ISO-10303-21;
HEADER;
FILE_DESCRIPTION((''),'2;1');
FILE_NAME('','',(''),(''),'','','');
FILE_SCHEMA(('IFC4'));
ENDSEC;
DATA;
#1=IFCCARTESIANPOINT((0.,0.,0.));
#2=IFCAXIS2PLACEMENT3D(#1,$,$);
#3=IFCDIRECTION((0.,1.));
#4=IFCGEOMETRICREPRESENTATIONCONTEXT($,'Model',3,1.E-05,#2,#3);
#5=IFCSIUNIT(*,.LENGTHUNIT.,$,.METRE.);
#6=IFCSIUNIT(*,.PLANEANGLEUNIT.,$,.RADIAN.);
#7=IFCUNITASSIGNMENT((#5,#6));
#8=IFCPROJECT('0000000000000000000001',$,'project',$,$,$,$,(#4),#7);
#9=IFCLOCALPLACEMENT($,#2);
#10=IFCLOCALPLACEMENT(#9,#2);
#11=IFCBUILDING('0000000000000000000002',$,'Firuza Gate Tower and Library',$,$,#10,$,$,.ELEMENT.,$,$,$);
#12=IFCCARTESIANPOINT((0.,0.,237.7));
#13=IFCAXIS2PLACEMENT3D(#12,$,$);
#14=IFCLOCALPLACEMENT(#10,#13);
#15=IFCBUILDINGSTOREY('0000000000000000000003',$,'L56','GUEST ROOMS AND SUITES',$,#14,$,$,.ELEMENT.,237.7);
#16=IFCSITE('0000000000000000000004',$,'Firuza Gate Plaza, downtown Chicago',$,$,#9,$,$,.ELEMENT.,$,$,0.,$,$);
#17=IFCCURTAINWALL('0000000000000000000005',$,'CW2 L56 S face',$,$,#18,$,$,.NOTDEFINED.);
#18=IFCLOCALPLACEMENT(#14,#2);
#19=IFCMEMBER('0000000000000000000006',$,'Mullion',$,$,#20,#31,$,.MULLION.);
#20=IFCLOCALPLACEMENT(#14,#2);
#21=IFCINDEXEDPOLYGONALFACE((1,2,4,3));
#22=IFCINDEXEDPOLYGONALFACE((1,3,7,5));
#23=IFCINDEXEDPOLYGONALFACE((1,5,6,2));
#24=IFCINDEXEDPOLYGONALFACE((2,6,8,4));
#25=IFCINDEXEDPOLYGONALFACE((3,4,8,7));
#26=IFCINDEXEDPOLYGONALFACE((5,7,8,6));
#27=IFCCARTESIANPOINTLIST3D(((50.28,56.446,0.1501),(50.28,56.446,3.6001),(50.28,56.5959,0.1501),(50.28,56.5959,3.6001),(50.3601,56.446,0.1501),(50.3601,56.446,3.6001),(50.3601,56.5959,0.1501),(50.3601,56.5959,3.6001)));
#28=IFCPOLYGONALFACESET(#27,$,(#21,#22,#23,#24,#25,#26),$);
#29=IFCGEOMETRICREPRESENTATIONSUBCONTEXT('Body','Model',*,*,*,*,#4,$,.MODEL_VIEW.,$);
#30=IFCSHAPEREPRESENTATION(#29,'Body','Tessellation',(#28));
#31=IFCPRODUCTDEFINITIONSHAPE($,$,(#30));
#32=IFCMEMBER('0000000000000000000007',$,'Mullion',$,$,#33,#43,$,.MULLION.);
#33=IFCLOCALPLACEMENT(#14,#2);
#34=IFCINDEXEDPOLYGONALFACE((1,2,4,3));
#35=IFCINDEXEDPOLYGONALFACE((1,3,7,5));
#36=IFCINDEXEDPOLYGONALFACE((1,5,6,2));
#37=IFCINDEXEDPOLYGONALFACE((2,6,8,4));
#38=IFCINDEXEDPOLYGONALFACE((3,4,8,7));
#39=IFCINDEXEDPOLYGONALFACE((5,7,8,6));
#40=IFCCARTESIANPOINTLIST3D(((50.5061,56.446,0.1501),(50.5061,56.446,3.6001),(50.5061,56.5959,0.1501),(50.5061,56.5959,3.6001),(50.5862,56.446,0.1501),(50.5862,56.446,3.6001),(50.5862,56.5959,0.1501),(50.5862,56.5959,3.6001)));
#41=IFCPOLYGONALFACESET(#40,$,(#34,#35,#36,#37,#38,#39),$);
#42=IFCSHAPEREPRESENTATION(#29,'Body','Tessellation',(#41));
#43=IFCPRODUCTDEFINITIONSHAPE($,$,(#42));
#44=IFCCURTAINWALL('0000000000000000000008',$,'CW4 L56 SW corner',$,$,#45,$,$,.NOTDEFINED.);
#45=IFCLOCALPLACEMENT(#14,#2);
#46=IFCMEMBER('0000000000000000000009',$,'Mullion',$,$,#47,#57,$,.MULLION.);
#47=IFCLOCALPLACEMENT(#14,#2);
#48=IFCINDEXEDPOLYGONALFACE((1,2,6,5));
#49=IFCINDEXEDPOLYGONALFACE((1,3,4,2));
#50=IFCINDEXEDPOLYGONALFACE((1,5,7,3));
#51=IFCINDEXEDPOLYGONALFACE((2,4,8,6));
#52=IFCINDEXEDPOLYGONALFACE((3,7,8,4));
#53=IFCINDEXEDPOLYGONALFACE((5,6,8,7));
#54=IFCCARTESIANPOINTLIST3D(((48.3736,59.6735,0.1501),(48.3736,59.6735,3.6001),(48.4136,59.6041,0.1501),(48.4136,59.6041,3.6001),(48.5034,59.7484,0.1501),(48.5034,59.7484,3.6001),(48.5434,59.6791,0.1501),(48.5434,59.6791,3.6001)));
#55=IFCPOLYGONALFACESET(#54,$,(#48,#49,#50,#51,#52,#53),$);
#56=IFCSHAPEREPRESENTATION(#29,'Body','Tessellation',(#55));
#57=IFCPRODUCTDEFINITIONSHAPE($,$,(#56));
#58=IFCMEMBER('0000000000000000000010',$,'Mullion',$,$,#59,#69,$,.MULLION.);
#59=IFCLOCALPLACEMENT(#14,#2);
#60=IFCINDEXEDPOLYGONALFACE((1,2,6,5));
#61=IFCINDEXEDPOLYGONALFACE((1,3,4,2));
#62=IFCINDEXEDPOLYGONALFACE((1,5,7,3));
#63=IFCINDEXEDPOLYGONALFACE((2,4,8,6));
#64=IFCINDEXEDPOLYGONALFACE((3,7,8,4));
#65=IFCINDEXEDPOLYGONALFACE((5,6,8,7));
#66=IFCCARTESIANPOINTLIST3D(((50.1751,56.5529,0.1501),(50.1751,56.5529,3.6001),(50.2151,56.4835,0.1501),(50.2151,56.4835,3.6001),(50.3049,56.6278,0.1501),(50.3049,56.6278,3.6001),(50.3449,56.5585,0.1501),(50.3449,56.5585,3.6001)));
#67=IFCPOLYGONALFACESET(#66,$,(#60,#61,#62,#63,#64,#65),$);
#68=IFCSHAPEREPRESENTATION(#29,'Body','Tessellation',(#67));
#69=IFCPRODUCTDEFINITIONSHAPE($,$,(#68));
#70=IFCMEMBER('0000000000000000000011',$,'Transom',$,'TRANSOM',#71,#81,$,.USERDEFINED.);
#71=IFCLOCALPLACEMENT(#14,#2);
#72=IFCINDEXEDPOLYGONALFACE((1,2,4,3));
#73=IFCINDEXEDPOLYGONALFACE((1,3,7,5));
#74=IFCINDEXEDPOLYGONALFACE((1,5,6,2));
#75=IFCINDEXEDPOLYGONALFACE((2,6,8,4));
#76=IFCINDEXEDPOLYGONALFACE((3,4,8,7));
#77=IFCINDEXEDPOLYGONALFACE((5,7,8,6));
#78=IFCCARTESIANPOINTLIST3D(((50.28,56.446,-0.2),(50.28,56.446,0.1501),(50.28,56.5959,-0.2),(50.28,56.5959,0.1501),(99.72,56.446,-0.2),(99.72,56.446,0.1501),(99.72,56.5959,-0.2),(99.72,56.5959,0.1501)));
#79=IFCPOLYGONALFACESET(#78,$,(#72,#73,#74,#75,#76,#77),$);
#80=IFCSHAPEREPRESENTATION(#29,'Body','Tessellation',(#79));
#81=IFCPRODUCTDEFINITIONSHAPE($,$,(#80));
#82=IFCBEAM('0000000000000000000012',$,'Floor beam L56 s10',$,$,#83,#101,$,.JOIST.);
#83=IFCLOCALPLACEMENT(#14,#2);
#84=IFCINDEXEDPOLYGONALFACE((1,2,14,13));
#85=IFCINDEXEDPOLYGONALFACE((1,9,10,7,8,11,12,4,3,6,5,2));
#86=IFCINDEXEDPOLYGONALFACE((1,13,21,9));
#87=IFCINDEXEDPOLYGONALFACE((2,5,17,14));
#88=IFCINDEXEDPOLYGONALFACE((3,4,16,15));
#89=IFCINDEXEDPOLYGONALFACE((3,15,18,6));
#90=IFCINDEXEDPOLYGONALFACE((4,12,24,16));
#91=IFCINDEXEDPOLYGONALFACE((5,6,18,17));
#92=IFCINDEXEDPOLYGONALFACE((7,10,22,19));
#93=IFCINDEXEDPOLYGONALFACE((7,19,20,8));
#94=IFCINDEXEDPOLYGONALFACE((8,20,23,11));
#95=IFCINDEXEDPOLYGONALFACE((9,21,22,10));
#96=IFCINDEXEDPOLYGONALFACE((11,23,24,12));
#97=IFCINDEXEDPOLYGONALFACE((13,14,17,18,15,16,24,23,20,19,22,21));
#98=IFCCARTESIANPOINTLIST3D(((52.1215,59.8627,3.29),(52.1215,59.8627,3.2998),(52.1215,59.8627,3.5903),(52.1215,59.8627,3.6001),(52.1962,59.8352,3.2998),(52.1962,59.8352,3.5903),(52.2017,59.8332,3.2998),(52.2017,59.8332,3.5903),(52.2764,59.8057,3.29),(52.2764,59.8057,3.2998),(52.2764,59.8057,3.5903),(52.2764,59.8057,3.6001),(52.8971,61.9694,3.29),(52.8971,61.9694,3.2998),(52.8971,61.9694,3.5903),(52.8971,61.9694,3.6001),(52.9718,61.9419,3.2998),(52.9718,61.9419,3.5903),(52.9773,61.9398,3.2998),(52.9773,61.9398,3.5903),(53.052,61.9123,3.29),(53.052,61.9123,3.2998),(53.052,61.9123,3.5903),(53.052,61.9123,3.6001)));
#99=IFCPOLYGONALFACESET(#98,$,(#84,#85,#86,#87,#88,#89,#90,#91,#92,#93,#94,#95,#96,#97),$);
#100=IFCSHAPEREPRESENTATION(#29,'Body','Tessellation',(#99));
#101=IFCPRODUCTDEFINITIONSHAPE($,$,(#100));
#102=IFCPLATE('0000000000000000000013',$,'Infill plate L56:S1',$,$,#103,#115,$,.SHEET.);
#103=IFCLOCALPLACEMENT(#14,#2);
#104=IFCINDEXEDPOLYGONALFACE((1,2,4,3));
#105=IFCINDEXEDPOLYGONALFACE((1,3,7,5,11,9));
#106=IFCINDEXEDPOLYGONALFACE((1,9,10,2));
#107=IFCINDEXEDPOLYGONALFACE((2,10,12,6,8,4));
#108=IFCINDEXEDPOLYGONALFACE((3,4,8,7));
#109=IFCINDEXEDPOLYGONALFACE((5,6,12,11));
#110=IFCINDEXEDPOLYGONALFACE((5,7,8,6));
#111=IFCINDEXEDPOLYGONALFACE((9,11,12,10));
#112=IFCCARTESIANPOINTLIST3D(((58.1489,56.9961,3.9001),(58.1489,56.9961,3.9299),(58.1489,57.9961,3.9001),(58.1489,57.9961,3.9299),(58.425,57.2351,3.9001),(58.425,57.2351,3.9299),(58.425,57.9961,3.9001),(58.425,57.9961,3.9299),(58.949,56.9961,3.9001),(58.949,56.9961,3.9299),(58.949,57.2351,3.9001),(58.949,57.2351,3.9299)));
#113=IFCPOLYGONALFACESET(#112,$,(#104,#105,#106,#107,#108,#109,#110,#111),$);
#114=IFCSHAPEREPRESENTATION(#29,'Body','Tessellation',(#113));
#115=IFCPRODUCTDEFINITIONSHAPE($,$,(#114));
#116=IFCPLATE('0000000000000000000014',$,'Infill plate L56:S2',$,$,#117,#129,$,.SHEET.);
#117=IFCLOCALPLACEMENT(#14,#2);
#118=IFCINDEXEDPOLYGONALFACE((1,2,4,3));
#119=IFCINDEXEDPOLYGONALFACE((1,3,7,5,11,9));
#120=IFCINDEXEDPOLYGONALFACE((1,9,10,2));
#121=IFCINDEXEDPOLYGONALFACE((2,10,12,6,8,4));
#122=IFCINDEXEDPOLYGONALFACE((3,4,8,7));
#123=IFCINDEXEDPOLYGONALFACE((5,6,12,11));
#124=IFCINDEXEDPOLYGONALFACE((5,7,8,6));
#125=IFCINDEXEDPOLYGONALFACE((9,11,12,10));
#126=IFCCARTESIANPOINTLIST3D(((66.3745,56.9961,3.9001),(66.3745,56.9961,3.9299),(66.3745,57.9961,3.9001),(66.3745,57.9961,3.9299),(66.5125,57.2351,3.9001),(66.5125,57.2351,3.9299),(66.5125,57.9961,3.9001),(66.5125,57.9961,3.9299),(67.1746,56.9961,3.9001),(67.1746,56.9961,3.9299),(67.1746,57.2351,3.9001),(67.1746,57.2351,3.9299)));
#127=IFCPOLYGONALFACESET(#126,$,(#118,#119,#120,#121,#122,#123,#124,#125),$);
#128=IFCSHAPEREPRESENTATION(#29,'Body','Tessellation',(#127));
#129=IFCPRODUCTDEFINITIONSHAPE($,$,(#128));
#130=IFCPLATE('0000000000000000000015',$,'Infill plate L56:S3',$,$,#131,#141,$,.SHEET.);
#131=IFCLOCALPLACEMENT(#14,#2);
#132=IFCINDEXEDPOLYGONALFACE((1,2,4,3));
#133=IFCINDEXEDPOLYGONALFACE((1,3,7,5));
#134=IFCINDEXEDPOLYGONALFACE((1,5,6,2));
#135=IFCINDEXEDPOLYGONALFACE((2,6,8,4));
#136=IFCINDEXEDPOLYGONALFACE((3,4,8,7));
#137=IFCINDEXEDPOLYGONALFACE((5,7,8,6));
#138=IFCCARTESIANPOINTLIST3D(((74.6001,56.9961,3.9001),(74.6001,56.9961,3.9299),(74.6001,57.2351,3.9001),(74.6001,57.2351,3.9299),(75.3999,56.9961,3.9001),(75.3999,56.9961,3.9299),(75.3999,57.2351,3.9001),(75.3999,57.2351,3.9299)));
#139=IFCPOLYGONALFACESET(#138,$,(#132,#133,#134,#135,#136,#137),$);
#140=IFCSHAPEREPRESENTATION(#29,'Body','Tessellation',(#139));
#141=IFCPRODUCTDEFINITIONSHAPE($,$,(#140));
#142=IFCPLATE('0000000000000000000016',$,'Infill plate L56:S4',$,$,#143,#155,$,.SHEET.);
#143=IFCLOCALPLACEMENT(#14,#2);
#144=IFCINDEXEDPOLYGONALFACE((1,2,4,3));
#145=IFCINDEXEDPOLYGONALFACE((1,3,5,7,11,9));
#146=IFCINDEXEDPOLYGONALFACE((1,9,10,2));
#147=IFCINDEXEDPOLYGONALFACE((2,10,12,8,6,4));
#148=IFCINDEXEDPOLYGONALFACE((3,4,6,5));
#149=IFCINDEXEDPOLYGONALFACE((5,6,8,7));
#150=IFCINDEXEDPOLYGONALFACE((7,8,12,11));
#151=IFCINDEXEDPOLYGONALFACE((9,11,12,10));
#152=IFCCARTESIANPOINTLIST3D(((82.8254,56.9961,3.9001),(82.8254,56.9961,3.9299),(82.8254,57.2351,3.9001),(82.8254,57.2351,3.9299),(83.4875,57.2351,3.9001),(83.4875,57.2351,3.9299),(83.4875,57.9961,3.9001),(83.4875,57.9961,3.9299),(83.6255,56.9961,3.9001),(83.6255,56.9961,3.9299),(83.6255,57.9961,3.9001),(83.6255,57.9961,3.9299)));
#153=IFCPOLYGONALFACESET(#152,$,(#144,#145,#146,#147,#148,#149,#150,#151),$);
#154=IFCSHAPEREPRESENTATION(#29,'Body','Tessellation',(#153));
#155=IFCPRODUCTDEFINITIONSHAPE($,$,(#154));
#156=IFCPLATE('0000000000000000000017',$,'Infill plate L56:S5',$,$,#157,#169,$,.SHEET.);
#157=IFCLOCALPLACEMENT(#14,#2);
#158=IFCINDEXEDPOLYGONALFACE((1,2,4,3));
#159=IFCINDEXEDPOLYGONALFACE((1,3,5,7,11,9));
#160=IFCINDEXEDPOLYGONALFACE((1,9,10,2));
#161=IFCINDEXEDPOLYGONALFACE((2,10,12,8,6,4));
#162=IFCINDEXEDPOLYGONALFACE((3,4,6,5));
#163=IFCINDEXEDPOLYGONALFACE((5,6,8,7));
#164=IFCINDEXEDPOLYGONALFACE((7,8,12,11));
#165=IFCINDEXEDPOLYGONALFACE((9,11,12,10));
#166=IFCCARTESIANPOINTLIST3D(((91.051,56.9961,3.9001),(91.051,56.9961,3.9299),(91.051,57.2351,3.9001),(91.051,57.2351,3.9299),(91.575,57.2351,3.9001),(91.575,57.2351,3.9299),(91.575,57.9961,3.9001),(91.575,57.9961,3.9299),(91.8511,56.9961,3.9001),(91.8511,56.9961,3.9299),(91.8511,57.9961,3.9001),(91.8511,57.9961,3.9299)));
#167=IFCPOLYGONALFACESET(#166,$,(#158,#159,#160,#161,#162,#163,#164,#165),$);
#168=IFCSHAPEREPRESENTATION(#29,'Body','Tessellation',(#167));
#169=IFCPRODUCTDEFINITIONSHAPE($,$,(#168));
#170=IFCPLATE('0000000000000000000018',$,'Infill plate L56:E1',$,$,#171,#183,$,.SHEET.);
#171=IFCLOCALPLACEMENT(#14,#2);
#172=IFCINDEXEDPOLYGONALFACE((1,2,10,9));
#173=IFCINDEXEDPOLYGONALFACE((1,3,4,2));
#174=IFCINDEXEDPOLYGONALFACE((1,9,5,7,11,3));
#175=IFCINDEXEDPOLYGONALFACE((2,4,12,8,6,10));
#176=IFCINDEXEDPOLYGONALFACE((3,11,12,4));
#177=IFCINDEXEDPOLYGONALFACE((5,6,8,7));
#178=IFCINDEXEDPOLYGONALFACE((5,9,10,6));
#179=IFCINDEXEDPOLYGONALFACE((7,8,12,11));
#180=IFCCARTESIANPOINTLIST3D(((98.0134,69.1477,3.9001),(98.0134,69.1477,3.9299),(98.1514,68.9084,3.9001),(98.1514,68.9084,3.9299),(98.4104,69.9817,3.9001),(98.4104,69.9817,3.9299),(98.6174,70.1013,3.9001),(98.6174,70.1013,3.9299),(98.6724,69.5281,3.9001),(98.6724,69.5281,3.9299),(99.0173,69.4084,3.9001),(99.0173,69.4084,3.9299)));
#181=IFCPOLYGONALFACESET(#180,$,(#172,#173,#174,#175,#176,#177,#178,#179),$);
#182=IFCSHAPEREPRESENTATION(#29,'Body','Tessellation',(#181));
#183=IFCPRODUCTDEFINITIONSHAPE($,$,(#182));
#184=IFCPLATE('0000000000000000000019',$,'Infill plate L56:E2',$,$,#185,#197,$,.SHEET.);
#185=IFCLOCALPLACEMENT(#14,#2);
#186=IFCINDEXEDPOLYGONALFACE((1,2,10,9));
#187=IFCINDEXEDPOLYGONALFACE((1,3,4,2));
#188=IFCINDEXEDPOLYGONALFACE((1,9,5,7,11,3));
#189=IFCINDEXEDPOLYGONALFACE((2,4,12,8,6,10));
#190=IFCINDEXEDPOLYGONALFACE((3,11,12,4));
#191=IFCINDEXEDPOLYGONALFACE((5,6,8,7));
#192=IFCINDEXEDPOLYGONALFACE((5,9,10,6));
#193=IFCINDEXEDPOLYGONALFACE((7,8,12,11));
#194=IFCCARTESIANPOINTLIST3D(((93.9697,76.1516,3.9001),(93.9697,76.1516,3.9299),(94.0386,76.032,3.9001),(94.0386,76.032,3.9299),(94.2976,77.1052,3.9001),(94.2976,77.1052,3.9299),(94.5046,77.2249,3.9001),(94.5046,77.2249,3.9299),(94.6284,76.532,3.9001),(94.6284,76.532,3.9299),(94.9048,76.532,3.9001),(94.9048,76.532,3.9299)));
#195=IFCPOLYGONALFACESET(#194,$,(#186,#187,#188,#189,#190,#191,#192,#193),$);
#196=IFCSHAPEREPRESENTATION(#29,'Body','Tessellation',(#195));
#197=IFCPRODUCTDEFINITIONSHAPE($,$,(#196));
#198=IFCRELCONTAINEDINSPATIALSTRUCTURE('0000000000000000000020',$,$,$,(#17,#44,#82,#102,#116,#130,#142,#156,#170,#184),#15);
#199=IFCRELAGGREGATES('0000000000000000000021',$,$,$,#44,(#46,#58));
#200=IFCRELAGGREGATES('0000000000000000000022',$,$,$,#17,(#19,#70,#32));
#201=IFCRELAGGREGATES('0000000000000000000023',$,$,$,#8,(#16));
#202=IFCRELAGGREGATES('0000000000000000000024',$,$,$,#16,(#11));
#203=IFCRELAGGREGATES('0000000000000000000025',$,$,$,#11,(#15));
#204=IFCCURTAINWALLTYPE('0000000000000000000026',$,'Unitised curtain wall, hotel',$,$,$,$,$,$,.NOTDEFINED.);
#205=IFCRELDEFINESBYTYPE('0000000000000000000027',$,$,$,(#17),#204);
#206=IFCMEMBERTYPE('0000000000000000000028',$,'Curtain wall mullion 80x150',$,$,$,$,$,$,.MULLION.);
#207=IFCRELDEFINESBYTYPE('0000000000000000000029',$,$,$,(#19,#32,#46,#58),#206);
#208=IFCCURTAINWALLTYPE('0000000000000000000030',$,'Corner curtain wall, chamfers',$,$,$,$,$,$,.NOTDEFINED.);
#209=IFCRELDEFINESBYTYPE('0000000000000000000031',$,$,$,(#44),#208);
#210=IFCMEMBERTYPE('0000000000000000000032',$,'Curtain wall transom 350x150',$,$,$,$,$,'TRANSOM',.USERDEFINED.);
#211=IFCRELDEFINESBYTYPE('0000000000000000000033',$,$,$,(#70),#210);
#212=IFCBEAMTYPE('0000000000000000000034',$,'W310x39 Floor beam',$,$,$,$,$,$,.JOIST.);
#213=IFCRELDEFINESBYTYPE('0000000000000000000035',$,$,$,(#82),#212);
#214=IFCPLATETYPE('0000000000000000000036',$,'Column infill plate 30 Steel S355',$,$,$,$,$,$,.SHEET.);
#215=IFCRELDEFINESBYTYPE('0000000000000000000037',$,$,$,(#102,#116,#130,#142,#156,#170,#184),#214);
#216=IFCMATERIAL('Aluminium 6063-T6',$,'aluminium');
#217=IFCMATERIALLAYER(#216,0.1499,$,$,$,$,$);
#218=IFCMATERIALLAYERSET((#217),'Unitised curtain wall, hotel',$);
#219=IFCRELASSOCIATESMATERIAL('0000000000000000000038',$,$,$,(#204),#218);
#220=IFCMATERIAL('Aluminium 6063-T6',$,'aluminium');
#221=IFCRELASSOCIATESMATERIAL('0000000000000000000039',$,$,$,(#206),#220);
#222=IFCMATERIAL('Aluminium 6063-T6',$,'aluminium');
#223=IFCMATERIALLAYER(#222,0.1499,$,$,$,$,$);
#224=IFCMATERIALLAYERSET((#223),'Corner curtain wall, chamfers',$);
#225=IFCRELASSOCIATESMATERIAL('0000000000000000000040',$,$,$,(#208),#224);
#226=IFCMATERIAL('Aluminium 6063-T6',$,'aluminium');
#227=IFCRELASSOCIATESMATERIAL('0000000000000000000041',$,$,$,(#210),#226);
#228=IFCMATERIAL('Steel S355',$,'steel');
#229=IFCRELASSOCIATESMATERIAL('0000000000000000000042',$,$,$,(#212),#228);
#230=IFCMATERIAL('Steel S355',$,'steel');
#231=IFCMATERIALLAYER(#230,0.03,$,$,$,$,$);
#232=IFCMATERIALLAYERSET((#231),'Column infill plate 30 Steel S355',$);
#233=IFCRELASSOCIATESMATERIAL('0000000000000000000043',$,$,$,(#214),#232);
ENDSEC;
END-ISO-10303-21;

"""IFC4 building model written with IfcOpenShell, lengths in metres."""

from ifc_helpers import new_model, si_unit, direction, frame, origin, origin_2d, place, context, subcontext, project, spatial, polyline, rectangle, i_section, outline, extrude, material, layer, layer_set, material_profile, profile_set, type_object, element, aggregate, save


model = new_model("IFC4")

# Units and contexts
model_context = context("Model", 3, precision=1e-05, world=origin(), true_north=direction((0.0, 1.0)))
body_context = subcontext(model_context, "Body", "Model", "MODEL_VIEW")
ifc_project = project(units=[si_unit("LENGTHUNIT", "METRE"), si_unit("PLANEANGLEUNIT", "RADIAN")], contexts=[model_context])

# Site, building, storey
site_placement = place(None, origin())
site = spatial("IfcSite", under=ifc_project, at=site_placement, Name="Firuza Gate Plaza, downtown Chicago", CompositionType="ELEMENT", RefElevation=0.0)
building_placement = place(site_placement, origin())
building = spatial("IfcBuilding", under=site, at=building_placement, Name="Firuza Gate Tower and Library", CompositionType="ELEMENT")
storey_placement = place(building_placement, frame((0.0, 0.0, 237.7)))
storey = spatial("IfcBuildingStorey", under=building, at=storey_placement, Name="L56", Description="GUEST ROOMS AND SUITES", CompositionType="ELEMENT", Elevation=237.7)

# Curtain walls, members
ifc_material_1 = material(Name="Aluminium 6063-T6", Category="aluminium")
ifc_layer_1 = layer(ifc_material_1, 0.1499)
ifc_layer_set_1 = layer_set([ifc_layer_1], Name="Unitised curtain wall, hotel")
curtain_wall_type_1 = type_object("IfcCurtainWallType", Name="Unitised curtain wall, hotel", PredefinedType="NOTDEFINED", material=ifc_layer_set_1)
placement_1 = place(storey_placement, origin())
curtain_wall_1 = element("IfcCurtainWall", 1, at=placement_1, inside=storey, type_object=curtain_wall_type_1, Name="CW2 L56 S face", PredefinedType="NOTDEFINED")
ifc_material_2 = material(Name="Aluminium 6063-T6", Category="aluminium")
ifc_material_profile_1 = material_profile(ifc_material_2, rectangle(XDim=0.1499, YDim=0.0801, at=origin_2d()))
ifc_profile_set_1 = profile_set([ifc_material_profile_1], Name="Aluminium 6063-T6")
member_type_1 = type_object("IfcMemberType", Name="Curtain wall mullion 80x150", PredefinedType="MULLION", material=ifc_profile_set_1)
member_1_placement = place(storey_placement, frame((50.3201, 56.521, 0.1501), z_axis=(0.0, 0.0, 1.0), x_axis=(0.0, 1.0, 0.0)))
member_1 = element("IfcMember", 2, at=member_1_placement, type_object=member_type_1, Name="Mullion", PredefinedType="MULLION", context=body_context, shape_type="SweptSolid", body=[
    extrude(rectangle(XDim=0.1499, YDim=0.0801, at=origin_2d()), origin(), (0.0, 0.0, 1.0), 3.45),
])
member_2_placement = place(storey_placement, frame((50.5461, 56.521, 0.1501), z_axis=(0.0, 0.0, 1.0), x_axis=(0.0, 1.0, 0.0)))
member_2 = element("IfcMember", 3, at=member_2_placement, type_object=member_type_1, Name="Mullion", PredefinedType="MULLION", context=body_context, shape_type="SweptSolid", body=[
    extrude(rectangle(XDim=0.1499, YDim=0.0801, at=origin_2d()), origin(), (0.0, 0.0, 1.0), 3.45),
])
ifc_material_3 = material(Name="Aluminium 6063-T6", Category="aluminium")
ifc_layer_2 = layer(ifc_material_3, 0.1499)
ifc_layer_set_2 = layer_set([ifc_layer_2], Name="Corner curtain wall, chamfers")
curtain_wall_type_2 = type_object("IfcCurtainWallType", Name="Corner curtain wall, chamfers", PredefinedType="NOTDEFINED", material=ifc_layer_set_2)
curtain_wall_2 = element("IfcCurtainWall", 4, at=placement_1, inside=storey, type_object=curtain_wall_type_2, Name="CW4 L56 SW corner", PredefinedType="NOTDEFINED")
member_3_placement = place(storey_placement, frame((48.4585, 59.6763, 0.1501), z_axis=(0.0, 0.0, 1.0), x_axis=(0.866025, 0.5, 0.0)))
member_3 = element("IfcMember", 5, at=member_3_placement, type_object=member_type_1, Name="Mullion", PredefinedType="MULLION", context=body_context, shape_type="SweptSolid", body=[
    extrude(rectangle(XDim=0.1499, YDim=0.0801, at=origin_2d()), origin(), (0.0, 0.0, 1.0), 3.45),
])
member_4_placement = place(storey_placement, frame((50.26, 56.5557, 0.1501), z_axis=(0.0, 0.0, 1.0), x_axis=(0.866025, 0.5, 0.0)))
member_4 = element("IfcMember", 6, at=member_4_placement, type_object=member_type_1, Name="Mullion", PredefinedType="MULLION", context=body_context, shape_type="SweptSolid", body=[
    extrude(rectangle(XDim=0.1499, YDim=0.0801, at=origin_2d()), origin(), (0.0, 0.0, 1.0), 3.45),
])

# Member
ifc_material_4 = material(Name="Aluminium 6063-T6", Category="aluminium")
ifc_material_profile_2 = material_profile(ifc_material_4, rectangle(XDim=0.1499, YDim=0.3501, at=origin_2d()))
ifc_profile_set_2 = profile_set([ifc_material_profile_2], Name="Aluminium 6063-T6")
member_type_2 = type_object("IfcMemberType", Name="Curtain wall transom 350x150", ElementType="TRANSOM", PredefinedType="USERDEFINED", material=ifc_profile_set_2)
member_5_placement = place(storey_placement, frame((50.28, 56.521, -0.0249), z_axis=(1.0, 0.0, 0.0), x_axis=(0.0, 1.0, 0.0)))
member_5 = element("IfcMember", 7, at=member_5_placement, type_object=member_type_2, Name="Transom", ObjectType="TRANSOM", PredefinedType="USERDEFINED", context=body_context, shape_type="SweptSolid", body=[
    extrude(rectangle(XDim=0.1499, YDim=0.3501, at=origin_2d()), origin(), (0.0, 0.0, 1.0), 49.4399),
])

# Beam
ifc_material_5 = material(Name="Steel S355", Category="steel")
ifc_material_profile_3 = material_profile(ifc_material_5, i_section(OverallWidth=0.165, OverallDepth=0.3101, WebThickness=0.0059, FlangeThickness=0.0098, at=origin_2d()))
ifc_profile_set_3 = profile_set([ifc_material_profile_3], Name="Steel S355")
beam_type = type_object("IfcBeamType", Name="W310x39 Floor beam", PredefinedType="JOIST", material=ifc_profile_set_3)
beam_placement = place(storey_placement, frame((52.199, 59.8342, 3.4451), z_axis=(0.345504, 0.938417, 0.0), x_axis=(-0.938417, 0.345504, 0.0)))
element("IfcBeam", 8, at=beam_placement, inside=storey, type_object=beam_type, Name="Floor beam L56 s10", PredefinedType="JOIST", context=body_context, shape_type="SweptSolid", body=[
    extrude(i_section(OverallWidth=0.165, OverallDepth=0.3101, WebThickness=0.0059, FlangeThickness=0.0098, at=origin_2d()), origin(), (0.0, 0.0, 1.0), 2.2449),
])

# Plates
ifc_material_6 = material(Name="Steel S355", Category="steel")
ifc_layer_3 = layer(ifc_material_6, 0.03)
ifc_layer_set_3 = layer_set([ifc_layer_3], Name="Column infill plate 30 Steel S355")
plate_type_1 = type_object("IfcPlateType", Name="Column infill plate 30 Steel S355", PredefinedType="SHEET", material=ifc_layer_set_3)
placement_2 = place(storey_placement, frame((0.0, 0.0, 3.9001)))
element("IfcPlate", 9, at=placement_2, inside=storey, type_object=plate_type_1, Name="Infill plate L56:S1", PredefinedType="SHEET", context=body_context, shape_type="SweptSolid", body=[
    extrude(outline(polyline([(58.949, 56.9961), (58.949, 57.2351), (58.425, 57.2351), (58.425, 57.9961), (58.1489, 57.9961), (58.1489, 56.9961), (58.949, 56.9961)])), origin(), (0.0, 0.0, 1.0), 0.0298),
])
element("IfcPlate", 10, at=placement_2, inside=storey, type_object=plate_type_1, Name="Infill plate L56:S2", PredefinedType="SHEET", context=body_context, shape_type="SweptSolid", body=[
    extrude(outline(polyline([(67.1746, 56.9961), (67.1746, 57.2351), (66.5125, 57.2351), (66.5125, 57.9961), (66.3745, 57.9961), (66.3745, 56.9961), (67.1746, 56.9961)])), origin(), (0.0, 0.0, 1.0), 0.0298),
])
element("IfcPlate", 11, at=placement_2, inside=storey, type_object=plate_type_1, Name="Infill plate L56:S3", PredefinedType="SHEET", context=body_context, shape_type="SweptSolid", body=[
    extrude(outline(polyline([(75.3999, 56.9961), (75.3999, 57.2351), (74.6001, 57.2351), (74.6001, 56.9961), (75.3999, 56.9961)])), origin(), (0.0, 0.0, 1.0), 0.0298),
])
element("IfcPlate", 12, at=placement_2, inside=storey, type_object=plate_type_1, Name="Infill plate L56:S4", PredefinedType="SHEET", context=body_context, shape_type="SweptSolid", body=[
    extrude(outline(polyline([(83.6255, 57.9961), (83.4875, 57.9961), (83.4875, 57.2351), (82.8254, 57.2351), (82.8254, 56.9961), (83.6255, 56.9961), (83.6255, 57.9961)])), origin(), (0.0, 0.0, 1.0), 0.0298),
])
element("IfcPlate", 13, at=placement_2, inside=storey, type_object=plate_type_1, Name="Infill plate L56:S5", PredefinedType="SHEET", context=body_context, shape_type="SweptSolid", body=[
    extrude(outline(polyline([(91.8511, 57.9961), (91.575, 57.9961), (91.575, 57.2351), (91.051, 57.2351), (91.051, 56.9961), (91.8511, 56.9961), (91.8511, 57.9961)])), origin(), (0.0, 0.0, 1.0), 0.0298),
])
element("IfcPlate", 14, at=placement_2, inside=storey, type_object=plate_type_1, Name="Infill plate L56:E1", PredefinedType="SHEET", context=body_context, shape_type="SweptSolid", body=[
    extrude(outline(polyline([(98.6174, 70.1013), (98.4104, 69.9817), (98.6724, 69.5281), (98.0134, 69.1477), (98.1514, 68.9084), (99.0173, 69.4084), (98.6174, 70.1013)])), origin(), (0.0, 0.0, 1.0), 0.0298),
])
element("IfcPlate", 15, at=placement_2, inside=storey, type_object=plate_type_1, Name="Infill plate L56:E2", PredefinedType="SHEET", context=body_context, shape_type="SweptSolid", body=[
    extrude(outline(polyline([(94.5046, 77.2249), (94.2976, 77.1052), (94.6284, 76.532), (93.9697, 76.1516), (94.0386, 76.032), (94.9048, 76.532), (94.5046, 77.2249)])), origin(), (0.0, 0.0, 1.0), 0.0298),
])

aggregate(curtain_wall_2, [member_3, member_4])
aggregate(curtain_wall_1, [member_1, member_5, member_2])

save(model, "model.ifc")
